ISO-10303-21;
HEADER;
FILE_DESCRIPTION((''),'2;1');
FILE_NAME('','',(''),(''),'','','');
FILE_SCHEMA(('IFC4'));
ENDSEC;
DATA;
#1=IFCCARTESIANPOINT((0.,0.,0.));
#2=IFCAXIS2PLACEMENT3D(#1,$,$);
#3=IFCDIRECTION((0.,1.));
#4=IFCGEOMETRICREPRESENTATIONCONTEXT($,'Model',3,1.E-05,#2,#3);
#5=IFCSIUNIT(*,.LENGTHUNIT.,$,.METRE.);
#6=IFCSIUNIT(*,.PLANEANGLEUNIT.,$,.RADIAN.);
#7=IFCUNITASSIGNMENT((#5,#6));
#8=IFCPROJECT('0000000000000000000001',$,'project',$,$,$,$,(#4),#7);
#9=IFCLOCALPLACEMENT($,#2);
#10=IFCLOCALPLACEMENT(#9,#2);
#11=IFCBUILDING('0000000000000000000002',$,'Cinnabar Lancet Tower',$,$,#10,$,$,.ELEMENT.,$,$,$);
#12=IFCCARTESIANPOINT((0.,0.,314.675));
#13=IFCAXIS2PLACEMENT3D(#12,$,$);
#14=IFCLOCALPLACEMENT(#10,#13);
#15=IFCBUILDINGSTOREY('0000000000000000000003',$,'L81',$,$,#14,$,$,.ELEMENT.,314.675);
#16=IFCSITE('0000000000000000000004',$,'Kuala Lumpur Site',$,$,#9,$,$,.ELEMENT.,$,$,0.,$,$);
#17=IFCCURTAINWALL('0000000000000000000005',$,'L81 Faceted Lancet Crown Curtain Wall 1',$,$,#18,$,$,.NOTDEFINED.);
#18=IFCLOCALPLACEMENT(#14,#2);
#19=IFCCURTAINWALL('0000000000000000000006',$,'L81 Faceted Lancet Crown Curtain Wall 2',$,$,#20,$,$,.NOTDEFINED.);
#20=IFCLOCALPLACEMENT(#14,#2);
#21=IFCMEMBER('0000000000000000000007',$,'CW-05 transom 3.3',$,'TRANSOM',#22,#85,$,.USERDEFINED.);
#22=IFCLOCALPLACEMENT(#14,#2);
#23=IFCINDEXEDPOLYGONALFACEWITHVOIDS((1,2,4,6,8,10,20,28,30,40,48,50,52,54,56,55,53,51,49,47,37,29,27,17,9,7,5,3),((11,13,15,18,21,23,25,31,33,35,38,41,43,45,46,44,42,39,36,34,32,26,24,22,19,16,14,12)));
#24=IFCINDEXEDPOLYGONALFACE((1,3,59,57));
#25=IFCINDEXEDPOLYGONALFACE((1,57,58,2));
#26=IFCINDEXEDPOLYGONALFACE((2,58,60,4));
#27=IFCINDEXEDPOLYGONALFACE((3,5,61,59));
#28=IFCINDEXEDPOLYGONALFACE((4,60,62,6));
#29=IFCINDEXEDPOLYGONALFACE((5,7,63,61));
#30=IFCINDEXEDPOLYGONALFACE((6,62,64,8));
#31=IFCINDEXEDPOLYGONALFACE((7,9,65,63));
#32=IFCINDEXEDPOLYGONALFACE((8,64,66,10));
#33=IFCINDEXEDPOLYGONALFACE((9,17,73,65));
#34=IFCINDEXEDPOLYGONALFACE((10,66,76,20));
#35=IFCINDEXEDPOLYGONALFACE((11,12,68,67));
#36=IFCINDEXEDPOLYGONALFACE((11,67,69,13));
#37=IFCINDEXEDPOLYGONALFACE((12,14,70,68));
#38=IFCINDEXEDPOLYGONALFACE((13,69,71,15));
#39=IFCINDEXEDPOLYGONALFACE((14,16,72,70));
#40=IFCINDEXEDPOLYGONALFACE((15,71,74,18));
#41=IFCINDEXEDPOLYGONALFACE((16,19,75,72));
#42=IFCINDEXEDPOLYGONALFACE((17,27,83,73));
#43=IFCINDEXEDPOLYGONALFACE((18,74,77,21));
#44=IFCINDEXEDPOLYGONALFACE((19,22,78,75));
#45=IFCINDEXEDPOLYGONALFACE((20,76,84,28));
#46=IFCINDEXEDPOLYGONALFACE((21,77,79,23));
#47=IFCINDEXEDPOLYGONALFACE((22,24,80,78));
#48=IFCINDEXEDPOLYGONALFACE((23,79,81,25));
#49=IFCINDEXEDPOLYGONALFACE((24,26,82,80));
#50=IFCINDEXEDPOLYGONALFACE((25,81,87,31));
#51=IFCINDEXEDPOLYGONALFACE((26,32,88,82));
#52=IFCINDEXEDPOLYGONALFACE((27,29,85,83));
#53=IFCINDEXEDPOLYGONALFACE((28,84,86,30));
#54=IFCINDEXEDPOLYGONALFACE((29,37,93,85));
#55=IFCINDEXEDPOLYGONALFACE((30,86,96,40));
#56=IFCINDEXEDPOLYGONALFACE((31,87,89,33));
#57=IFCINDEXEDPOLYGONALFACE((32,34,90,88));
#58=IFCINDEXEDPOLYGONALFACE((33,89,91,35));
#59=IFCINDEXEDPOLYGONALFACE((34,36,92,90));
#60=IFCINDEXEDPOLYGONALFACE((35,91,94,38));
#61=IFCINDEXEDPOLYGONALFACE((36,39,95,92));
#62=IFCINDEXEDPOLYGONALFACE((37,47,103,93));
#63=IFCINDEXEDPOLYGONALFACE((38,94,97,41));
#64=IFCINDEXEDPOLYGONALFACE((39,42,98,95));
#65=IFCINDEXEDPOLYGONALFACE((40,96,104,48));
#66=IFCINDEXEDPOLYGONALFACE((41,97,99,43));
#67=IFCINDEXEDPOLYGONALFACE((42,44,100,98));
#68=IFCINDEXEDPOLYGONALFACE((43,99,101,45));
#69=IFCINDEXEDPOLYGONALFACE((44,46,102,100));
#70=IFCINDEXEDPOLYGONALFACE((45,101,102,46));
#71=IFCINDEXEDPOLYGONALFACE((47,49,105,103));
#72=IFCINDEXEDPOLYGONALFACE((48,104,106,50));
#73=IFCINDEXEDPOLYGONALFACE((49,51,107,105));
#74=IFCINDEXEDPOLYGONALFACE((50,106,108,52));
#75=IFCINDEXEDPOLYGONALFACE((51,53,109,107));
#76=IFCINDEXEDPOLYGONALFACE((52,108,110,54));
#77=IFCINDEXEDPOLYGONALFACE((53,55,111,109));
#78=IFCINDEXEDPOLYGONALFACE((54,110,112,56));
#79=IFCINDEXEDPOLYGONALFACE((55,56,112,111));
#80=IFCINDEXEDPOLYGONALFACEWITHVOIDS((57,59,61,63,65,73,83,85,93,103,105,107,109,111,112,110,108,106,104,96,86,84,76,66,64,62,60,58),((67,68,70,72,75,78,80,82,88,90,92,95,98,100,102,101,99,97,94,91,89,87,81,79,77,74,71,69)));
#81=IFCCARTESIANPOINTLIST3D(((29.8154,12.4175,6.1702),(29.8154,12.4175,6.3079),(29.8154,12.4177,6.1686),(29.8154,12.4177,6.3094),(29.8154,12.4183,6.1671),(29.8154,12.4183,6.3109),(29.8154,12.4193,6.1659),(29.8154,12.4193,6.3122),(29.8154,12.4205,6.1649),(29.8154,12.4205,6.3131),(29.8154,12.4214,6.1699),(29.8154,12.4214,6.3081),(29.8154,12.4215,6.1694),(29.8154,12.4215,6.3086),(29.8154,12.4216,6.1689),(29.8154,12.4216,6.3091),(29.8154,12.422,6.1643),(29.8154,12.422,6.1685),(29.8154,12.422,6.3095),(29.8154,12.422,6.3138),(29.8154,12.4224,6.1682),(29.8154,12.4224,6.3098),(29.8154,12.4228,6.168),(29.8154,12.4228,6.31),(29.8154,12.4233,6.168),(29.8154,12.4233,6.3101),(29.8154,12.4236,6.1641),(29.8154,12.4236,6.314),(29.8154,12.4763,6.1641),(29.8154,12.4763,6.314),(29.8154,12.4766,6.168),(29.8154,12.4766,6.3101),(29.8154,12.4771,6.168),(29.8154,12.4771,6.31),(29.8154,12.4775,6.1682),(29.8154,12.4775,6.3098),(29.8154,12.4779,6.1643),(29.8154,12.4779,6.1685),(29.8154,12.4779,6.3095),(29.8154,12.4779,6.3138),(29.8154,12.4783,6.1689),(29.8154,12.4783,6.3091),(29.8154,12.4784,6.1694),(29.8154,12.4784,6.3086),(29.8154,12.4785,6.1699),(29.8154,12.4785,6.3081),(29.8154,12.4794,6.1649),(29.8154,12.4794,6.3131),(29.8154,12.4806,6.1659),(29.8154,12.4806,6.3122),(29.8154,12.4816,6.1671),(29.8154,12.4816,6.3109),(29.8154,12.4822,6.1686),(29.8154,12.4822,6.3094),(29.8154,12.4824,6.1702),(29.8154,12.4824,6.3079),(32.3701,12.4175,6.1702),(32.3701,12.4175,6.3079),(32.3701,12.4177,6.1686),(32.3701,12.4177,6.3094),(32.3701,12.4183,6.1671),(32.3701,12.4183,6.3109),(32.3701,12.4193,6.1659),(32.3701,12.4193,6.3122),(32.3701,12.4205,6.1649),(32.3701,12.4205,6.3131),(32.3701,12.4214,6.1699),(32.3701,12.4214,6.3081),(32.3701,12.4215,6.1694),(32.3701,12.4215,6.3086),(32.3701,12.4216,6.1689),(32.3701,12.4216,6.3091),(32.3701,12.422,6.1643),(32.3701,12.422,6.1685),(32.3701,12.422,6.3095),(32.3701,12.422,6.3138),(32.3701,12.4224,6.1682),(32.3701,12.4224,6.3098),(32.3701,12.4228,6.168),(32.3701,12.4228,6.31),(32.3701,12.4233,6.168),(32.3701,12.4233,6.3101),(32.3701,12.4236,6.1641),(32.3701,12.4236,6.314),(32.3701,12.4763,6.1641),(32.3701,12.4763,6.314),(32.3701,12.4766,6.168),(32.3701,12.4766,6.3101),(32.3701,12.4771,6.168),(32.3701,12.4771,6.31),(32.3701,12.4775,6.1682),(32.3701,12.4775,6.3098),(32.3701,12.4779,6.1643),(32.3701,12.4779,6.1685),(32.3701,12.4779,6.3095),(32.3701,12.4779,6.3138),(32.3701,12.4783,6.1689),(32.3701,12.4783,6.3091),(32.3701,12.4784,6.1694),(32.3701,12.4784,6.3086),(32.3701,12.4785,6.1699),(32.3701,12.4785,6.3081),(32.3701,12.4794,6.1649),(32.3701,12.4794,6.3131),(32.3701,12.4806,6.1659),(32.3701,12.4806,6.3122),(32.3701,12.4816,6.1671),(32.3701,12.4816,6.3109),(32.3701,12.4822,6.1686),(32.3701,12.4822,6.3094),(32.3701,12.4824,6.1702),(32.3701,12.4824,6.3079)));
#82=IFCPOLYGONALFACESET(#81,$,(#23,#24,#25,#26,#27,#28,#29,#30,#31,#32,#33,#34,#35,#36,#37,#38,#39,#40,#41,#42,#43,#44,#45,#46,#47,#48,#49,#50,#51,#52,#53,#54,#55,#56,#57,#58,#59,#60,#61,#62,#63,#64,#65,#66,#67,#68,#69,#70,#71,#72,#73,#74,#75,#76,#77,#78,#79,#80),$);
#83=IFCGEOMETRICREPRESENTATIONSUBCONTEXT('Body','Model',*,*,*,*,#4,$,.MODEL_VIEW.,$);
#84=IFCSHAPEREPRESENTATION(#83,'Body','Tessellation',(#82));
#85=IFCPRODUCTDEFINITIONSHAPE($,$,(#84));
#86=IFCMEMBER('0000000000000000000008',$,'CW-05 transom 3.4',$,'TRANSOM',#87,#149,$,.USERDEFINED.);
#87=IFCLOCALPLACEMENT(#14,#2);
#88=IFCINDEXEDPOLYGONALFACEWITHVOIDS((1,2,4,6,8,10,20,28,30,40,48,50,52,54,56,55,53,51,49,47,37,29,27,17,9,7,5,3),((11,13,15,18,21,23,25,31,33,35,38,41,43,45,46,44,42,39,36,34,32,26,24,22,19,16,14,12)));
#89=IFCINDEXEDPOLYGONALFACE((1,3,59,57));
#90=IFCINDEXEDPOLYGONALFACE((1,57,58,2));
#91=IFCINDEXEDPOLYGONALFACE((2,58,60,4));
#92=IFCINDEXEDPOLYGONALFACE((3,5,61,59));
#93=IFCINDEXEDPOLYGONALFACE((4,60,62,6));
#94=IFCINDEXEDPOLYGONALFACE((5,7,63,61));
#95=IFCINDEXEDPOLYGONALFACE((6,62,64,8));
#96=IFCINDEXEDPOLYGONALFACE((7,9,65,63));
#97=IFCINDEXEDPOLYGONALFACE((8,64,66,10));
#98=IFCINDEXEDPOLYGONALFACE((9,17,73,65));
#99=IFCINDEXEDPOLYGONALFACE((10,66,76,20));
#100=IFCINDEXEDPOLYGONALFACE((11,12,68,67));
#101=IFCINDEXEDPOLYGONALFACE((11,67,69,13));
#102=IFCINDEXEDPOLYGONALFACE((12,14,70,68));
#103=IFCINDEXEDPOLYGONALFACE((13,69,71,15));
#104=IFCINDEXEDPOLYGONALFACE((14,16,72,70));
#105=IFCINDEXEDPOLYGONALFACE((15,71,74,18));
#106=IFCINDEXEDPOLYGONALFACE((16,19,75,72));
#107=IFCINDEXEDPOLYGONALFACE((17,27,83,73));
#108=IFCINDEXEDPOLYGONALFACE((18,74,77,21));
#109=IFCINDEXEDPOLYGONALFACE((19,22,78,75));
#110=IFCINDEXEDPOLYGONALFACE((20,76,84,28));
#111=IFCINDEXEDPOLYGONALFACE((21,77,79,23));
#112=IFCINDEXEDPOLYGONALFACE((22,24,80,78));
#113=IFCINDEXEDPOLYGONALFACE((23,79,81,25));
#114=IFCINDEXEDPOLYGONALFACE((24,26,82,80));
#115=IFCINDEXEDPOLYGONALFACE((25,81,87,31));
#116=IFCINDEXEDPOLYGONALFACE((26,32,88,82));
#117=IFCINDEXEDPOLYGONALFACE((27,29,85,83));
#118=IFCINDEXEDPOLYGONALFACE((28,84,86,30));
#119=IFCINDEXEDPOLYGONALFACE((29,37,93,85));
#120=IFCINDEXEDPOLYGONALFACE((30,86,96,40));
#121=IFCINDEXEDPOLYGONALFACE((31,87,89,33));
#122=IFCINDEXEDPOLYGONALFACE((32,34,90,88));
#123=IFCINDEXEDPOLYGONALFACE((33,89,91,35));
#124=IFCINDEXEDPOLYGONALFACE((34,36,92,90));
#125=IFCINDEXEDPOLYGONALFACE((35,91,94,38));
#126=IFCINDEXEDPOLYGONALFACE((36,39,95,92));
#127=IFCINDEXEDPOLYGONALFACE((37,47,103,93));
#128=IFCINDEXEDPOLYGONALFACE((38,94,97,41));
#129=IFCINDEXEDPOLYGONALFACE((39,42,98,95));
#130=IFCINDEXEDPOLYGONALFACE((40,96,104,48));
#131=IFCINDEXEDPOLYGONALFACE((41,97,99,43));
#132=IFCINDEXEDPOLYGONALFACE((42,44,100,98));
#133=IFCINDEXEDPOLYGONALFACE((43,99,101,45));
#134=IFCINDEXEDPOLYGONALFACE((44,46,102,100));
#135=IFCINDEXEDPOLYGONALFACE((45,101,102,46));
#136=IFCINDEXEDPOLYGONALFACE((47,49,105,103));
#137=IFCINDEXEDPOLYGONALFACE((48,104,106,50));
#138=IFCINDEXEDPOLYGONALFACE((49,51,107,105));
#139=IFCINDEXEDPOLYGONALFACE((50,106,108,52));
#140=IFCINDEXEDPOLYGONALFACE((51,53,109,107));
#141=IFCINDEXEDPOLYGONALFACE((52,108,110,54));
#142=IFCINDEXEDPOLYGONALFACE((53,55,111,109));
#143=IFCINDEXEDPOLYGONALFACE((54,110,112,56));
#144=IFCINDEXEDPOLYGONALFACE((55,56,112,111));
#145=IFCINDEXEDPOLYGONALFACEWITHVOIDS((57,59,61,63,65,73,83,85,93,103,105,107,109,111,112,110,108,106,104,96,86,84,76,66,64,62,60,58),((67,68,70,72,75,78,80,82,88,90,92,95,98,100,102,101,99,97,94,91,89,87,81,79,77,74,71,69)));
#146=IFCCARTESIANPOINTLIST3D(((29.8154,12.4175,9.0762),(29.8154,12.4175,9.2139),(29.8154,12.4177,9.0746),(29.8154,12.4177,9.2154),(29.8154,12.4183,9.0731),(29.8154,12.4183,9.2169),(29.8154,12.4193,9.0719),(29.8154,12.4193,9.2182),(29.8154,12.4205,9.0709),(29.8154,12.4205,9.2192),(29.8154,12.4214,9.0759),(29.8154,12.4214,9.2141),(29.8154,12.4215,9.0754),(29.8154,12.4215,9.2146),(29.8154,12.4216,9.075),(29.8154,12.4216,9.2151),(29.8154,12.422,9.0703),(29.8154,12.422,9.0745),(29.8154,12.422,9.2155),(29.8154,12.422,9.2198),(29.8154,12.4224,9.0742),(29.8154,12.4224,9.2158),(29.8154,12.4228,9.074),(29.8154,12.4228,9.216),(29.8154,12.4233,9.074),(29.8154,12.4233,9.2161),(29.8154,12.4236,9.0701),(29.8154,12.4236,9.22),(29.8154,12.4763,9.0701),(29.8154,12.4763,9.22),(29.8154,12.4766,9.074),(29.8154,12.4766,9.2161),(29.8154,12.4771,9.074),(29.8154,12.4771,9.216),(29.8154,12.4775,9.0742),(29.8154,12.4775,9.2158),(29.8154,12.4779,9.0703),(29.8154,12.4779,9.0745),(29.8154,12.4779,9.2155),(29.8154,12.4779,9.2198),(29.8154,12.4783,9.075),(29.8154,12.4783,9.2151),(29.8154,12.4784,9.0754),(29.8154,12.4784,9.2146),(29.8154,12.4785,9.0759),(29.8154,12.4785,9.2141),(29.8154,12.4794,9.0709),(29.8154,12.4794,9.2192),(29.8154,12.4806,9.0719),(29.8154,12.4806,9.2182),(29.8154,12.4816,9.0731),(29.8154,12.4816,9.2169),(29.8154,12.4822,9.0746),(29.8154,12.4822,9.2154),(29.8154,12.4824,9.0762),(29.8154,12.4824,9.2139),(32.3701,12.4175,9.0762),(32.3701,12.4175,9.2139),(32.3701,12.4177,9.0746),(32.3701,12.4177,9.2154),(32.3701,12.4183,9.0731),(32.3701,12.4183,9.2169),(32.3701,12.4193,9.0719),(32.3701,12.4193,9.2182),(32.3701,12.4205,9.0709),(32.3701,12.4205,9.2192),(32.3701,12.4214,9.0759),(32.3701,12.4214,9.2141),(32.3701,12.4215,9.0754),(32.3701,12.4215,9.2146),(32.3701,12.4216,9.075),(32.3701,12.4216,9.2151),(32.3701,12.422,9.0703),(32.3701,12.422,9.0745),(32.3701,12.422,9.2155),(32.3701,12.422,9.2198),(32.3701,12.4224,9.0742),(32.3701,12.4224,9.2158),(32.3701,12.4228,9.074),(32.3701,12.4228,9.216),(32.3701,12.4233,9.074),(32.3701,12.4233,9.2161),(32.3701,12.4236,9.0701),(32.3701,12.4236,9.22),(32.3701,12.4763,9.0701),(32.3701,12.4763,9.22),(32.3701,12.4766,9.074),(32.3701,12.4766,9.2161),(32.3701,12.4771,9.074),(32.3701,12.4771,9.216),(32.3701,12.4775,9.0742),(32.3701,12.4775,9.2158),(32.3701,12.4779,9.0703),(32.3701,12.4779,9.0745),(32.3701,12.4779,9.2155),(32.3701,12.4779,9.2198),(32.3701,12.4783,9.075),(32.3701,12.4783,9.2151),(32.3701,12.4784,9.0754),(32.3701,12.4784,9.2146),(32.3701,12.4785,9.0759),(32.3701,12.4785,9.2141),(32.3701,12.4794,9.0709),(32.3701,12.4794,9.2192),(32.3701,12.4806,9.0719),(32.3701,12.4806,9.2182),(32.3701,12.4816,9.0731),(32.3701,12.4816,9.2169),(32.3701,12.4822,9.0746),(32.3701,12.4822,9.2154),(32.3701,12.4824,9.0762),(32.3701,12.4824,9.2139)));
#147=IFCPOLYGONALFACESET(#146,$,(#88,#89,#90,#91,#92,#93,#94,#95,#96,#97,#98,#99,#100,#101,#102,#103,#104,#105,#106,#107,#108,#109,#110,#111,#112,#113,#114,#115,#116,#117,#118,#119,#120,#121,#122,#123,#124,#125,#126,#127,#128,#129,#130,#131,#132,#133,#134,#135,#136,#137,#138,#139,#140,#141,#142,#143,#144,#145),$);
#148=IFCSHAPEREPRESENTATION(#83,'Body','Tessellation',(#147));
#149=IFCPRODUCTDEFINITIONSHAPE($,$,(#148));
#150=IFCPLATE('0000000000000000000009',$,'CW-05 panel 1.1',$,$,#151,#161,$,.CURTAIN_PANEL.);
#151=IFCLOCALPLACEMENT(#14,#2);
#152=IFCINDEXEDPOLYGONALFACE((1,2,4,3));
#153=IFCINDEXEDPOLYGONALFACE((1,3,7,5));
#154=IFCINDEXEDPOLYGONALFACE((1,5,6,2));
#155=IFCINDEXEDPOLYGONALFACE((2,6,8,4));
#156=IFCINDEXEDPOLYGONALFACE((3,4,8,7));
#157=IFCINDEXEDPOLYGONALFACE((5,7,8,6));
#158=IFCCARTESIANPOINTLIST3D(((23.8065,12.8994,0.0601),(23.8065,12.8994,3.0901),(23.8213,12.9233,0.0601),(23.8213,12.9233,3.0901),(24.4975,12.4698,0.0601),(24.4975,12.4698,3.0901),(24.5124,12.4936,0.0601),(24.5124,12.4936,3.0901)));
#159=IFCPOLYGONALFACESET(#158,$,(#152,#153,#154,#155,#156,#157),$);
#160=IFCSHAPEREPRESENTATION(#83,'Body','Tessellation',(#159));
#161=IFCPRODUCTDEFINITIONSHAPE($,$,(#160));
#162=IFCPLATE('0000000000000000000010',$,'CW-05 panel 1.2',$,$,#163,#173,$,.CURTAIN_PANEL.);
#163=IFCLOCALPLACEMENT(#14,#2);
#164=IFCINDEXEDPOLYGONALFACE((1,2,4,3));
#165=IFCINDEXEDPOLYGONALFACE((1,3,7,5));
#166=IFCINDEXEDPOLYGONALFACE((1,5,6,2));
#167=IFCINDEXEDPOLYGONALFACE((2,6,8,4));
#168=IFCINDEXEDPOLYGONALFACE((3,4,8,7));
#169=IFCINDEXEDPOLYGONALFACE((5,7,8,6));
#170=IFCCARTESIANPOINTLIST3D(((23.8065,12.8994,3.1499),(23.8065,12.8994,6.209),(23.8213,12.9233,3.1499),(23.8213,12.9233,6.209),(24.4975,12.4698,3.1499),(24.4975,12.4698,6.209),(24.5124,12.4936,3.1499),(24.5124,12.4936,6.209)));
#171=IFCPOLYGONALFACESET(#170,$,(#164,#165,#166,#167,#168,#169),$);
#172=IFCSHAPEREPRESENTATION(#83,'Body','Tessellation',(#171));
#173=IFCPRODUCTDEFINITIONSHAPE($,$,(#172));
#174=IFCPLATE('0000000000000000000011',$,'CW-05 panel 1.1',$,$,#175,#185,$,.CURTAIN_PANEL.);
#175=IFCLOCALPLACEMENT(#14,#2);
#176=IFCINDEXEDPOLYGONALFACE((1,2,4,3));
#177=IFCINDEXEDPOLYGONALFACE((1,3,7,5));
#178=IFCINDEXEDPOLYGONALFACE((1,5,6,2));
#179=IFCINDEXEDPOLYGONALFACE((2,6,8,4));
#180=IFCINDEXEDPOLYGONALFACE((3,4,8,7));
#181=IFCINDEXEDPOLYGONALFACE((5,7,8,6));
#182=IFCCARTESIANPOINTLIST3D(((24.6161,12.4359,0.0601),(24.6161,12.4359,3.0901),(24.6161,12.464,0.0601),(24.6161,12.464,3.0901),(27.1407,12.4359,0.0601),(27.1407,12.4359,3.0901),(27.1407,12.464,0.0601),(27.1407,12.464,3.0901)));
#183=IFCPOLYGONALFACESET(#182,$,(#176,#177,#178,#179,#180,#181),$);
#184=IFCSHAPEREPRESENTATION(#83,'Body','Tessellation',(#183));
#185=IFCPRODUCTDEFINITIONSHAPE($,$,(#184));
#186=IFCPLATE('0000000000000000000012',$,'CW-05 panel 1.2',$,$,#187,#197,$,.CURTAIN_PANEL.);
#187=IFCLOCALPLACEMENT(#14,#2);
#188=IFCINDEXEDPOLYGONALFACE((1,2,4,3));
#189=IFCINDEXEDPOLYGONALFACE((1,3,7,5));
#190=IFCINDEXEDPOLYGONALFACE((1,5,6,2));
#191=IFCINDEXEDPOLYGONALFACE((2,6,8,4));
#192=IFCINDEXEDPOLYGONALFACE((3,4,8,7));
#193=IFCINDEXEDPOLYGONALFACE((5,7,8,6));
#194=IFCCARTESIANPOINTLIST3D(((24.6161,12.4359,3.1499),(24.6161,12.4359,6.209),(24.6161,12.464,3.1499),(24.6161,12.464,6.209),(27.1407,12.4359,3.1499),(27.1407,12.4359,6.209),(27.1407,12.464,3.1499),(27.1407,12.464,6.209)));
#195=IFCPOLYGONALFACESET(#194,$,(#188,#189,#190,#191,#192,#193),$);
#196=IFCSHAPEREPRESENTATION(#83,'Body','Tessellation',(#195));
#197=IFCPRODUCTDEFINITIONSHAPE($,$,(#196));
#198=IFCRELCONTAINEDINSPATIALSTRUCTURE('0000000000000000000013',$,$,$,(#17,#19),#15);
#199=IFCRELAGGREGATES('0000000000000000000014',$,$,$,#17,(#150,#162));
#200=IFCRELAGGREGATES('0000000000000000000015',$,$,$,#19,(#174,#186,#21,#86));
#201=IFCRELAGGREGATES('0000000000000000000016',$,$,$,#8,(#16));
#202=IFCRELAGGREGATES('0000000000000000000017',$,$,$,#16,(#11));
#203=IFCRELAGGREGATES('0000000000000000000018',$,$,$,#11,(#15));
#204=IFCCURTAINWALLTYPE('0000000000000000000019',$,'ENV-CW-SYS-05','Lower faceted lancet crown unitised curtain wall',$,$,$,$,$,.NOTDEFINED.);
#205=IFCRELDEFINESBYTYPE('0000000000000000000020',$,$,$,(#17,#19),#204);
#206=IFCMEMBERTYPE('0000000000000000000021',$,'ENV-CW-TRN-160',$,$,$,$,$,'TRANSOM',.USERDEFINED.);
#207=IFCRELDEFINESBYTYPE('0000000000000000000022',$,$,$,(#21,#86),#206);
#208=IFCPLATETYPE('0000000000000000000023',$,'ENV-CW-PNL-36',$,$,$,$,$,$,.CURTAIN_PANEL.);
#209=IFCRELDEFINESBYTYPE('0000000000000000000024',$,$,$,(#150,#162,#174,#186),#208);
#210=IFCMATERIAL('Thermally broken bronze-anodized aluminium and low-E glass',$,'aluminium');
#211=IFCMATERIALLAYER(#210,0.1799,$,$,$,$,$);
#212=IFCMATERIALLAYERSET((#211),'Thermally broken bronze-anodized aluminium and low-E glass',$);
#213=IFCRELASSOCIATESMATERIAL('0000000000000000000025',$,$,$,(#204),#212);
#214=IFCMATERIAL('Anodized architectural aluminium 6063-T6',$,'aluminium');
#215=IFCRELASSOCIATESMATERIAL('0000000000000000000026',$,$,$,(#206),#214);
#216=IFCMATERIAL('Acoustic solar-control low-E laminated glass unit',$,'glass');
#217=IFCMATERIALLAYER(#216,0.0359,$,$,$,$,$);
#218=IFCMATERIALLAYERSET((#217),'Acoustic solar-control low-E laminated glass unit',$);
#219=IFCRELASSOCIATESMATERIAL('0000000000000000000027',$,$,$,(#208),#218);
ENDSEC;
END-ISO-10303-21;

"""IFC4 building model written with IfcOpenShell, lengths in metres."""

from ifc_helpers import new_model, si_unit, direction, frame, origin, origin_2d, place, context, subcontext, project, spatial, rectangle, hollow_rectangle, extrude, material, layer, layer_set, material_profile, profile_set, type_object, element, aggregate, save


model = new_model("IFC4")

# Units and contexts
model_context = context("Model", 3, precision=1e-05, world=origin(), true_north=direction((0.0, 1.0)))
body_context = subcontext(model_context, "Body", "Model", "MODEL_VIEW")
ifc_project = project(units=[si_unit("LENGTHUNIT", "METRE"), si_unit("PLANEANGLEUNIT", "RADIAN")], contexts=[model_context])

# Site, building, storey
site_placement = place(None, origin())
site = spatial("IfcSite", under=ifc_project, at=site_placement, Name="Kuala Lumpur Site", CompositionType="ELEMENT", RefElevation=0.0)
building_placement = place(site_placement, origin())
building = spatial("IfcBuilding", under=site, at=building_placement, Name="Cinnabar Lancet Tower", CompositionType="ELEMENT")
storey_placement = place(building_placement, frame((0.0, 0.0, 314.675)))
storey = spatial("IfcBuildingStorey", under=building, at=storey_placement, Name="L81", CompositionType="ELEMENT", Elevation=314.675)

# Curtain wall
ifc_material_1 = material(Name="Thermally broken bronze-anodized aluminium and low-E glass", Category="aluminium")
ifc_layer_1 = layer(ifc_material_1, 0.1799)
ifc_layer_set_1 = layer_set([ifc_layer_1], Name="Thermally broken bronze-anodized aluminium and low-E glass")
curtain_wall_type = type_object("IfcCurtainWallType", Name="ENV-CW-SYS-05", Description="Lower faceted lancet crown unitised curtain wall", PredefinedType="NOTDEFINED", material=ifc_layer_set_1)
curtain_wall_1_placement = place(storey_placement, origin())
curtain_wall_1 = element("IfcCurtainWall", 1, at=curtain_wall_1_placement, inside=storey, type_object=curtain_wall_type, Name="L81 Faceted Lancet Crown Curtain Wall 1", PredefinedType="NOTDEFINED")

# Curtain wall, members
curtain_wall_2_placement = place(storey_placement, origin())
curtain_wall_2 = element("IfcCurtainWall", 2, at=curtain_wall_2_placement, inside=storey, type_object=curtain_wall_type, Name="L81 Faceted Lancet Crown Curtain Wall 2", PredefinedType="NOTDEFINED")
ifc_material_2 = material(Name="Anodized architectural aluminium 6063-T6", Category="aluminium")
ifc_material_profile_1 = material_profile(ifc_material_2, hollow_rectangle(XDim=0.0649, YDim=0.1499, WallThickness=0.0039, InnerFilletRadius=0.002, OuterFilletRadius=0.0061, at=origin_2d()), Name="CW-TRN 150x65x4")
ifc_profile_set_1 = profile_set([ifc_material_profile_1], Name="Anodized architectural aluminium 6063-T6")
member_type_1 = type_object("IfcMemberType", Name="ENV-CW-TRN-160", ElementType="TRANSOM", PredefinedType="USERDEFINED", material=ifc_profile_set_1)
member_1_placement = place(storey_placement, frame((29.8154, 12.45, 6.239), z_axis=(1.0, 0.0, 0.0), x_axis=(0.0, 1.0, 0.0)))
member_1 = element("IfcMember", 3, at=member_1_placement, type_object=member_type_1, Name="CW-05 transom 3.3", ObjectType="TRANSOM", PredefinedType="USERDEFINED", context=body_context, shape_type="SweptSolid", body=[
    extrude(hollow_rectangle(XDim=0.0649, YDim=0.1499, WallThickness=0.0039, InnerFilletRadius=0.002, OuterFilletRadius=0.0061, at=origin_2d()), origin(), (0.0, 0.0, 1.0), 2.5547),
])
member_2_placement = place(storey_placement, frame((29.8154, 12.45, 9.145), z_axis=(1.0, 0.0, 0.0), x_axis=(0.0, 1.0, 0.0)))
member_2 = element("IfcMember", 4, at=member_2_placement, type_object=member_type_1, Name="CW-05 transom 3.4", ObjectType="TRANSOM", PredefinedType="USERDEFINED", context=body_context, shape_type="SweptSolid", body=[
    extrude(hollow_rectangle(XDim=0.0649, YDim=0.1499, WallThickness=0.0039, InnerFilletRadius=0.002, OuterFilletRadius=0.0061, at=origin_2d()), origin(), (0.0, 0.0, 1.0), 2.5547),
])

# Plates
ifc_material_3 = material(Name="Acoustic solar-control low-E laminated glass unit", Category="glass")
ifc_layer_2 = layer(ifc_material_3, 0.0359)
ifc_layer_set_2 = layer_set([ifc_layer_2], Name="Acoustic solar-control low-E laminated glass unit")
plate_type = type_object("IfcPlateType", Name="ENV-CW-PNL-36", PredefinedType="CURTAIN_PANEL", material=ifc_layer_set_2)
plate_1_placement = place(storey_placement, frame((24.1594, 12.6965, 0.0601), z_axis=(0.0, 0.0, 1.0), x_axis=(0.849259, -0.527976, 0.0)))
plate_1 = element("IfcPlate", 5, at=plate_1_placement, type_object=plate_type, Name="CW-05 panel 1.1", PredefinedType="CURTAIN_PANEL", context=body_context, shape_type="SweptSolid", body=[
    extrude(rectangle(XDim=0.8137, YDim=0.0281, at=origin_2d()), origin(), (0.0, 0.0, 1.0), 3.03),
])
plate_2_placement = place(storey_placement, frame((24.1594, 12.6965, 3.1499), z_axis=(0.0, 0.0, 1.0), x_axis=(0.849259, -0.527976, 0.0)))
plate_2 = element("IfcPlate", 6, at=plate_2_placement, type_object=plate_type, Name="CW-05 panel 1.2", PredefinedType="CURTAIN_PANEL", context=body_context, shape_type="SweptSolid", body=[
    extrude(rectangle(XDim=0.8137, YDim=0.0281, at=origin_2d()), origin(), (0.0, 0.0, 1.0), 3.0591),
])
aggregate(curtain_wall_1, [plate_1, plate_2])
plate_3_placement = place(storey_placement, frame((25.8784, 12.45, 0.0601), z_axis=(0.0, 0.0, 1.0), x_axis=(1.0, 0.0, 0.0)))
plate_3 = element("IfcPlate", 7, at=plate_3_placement, type_object=plate_type, Name="CW-05 panel 1.1", PredefinedType="CURTAIN_PANEL", context=body_context, shape_type="SweptSolid", body=[
    extrude(rectangle(XDim=2.5247, YDim=0.0281, at=origin_2d()), origin(), (0.0, 0.0, 1.0), 3.03),
])
plate_4_placement = place(storey_placement, frame((25.8784, 12.45, 3.1499), z_axis=(0.0, 0.0, 1.0), x_axis=(1.0, 0.0, 0.0)))
plate_4 = element("IfcPlate", 8, at=plate_4_placement, type_object=plate_type, Name="CW-05 panel 1.2", PredefinedType="CURTAIN_PANEL", context=body_context, shape_type="SweptSolid", body=[
    extrude(rectangle(XDim=2.5247, YDim=0.0281, at=origin_2d()), origin(), (0.0, 0.0, 1.0), 3.0591),
])
aggregate(curtain_wall_2, [plate_3, plate_4, member_1, member_2])

save(model, "model.ifc")
